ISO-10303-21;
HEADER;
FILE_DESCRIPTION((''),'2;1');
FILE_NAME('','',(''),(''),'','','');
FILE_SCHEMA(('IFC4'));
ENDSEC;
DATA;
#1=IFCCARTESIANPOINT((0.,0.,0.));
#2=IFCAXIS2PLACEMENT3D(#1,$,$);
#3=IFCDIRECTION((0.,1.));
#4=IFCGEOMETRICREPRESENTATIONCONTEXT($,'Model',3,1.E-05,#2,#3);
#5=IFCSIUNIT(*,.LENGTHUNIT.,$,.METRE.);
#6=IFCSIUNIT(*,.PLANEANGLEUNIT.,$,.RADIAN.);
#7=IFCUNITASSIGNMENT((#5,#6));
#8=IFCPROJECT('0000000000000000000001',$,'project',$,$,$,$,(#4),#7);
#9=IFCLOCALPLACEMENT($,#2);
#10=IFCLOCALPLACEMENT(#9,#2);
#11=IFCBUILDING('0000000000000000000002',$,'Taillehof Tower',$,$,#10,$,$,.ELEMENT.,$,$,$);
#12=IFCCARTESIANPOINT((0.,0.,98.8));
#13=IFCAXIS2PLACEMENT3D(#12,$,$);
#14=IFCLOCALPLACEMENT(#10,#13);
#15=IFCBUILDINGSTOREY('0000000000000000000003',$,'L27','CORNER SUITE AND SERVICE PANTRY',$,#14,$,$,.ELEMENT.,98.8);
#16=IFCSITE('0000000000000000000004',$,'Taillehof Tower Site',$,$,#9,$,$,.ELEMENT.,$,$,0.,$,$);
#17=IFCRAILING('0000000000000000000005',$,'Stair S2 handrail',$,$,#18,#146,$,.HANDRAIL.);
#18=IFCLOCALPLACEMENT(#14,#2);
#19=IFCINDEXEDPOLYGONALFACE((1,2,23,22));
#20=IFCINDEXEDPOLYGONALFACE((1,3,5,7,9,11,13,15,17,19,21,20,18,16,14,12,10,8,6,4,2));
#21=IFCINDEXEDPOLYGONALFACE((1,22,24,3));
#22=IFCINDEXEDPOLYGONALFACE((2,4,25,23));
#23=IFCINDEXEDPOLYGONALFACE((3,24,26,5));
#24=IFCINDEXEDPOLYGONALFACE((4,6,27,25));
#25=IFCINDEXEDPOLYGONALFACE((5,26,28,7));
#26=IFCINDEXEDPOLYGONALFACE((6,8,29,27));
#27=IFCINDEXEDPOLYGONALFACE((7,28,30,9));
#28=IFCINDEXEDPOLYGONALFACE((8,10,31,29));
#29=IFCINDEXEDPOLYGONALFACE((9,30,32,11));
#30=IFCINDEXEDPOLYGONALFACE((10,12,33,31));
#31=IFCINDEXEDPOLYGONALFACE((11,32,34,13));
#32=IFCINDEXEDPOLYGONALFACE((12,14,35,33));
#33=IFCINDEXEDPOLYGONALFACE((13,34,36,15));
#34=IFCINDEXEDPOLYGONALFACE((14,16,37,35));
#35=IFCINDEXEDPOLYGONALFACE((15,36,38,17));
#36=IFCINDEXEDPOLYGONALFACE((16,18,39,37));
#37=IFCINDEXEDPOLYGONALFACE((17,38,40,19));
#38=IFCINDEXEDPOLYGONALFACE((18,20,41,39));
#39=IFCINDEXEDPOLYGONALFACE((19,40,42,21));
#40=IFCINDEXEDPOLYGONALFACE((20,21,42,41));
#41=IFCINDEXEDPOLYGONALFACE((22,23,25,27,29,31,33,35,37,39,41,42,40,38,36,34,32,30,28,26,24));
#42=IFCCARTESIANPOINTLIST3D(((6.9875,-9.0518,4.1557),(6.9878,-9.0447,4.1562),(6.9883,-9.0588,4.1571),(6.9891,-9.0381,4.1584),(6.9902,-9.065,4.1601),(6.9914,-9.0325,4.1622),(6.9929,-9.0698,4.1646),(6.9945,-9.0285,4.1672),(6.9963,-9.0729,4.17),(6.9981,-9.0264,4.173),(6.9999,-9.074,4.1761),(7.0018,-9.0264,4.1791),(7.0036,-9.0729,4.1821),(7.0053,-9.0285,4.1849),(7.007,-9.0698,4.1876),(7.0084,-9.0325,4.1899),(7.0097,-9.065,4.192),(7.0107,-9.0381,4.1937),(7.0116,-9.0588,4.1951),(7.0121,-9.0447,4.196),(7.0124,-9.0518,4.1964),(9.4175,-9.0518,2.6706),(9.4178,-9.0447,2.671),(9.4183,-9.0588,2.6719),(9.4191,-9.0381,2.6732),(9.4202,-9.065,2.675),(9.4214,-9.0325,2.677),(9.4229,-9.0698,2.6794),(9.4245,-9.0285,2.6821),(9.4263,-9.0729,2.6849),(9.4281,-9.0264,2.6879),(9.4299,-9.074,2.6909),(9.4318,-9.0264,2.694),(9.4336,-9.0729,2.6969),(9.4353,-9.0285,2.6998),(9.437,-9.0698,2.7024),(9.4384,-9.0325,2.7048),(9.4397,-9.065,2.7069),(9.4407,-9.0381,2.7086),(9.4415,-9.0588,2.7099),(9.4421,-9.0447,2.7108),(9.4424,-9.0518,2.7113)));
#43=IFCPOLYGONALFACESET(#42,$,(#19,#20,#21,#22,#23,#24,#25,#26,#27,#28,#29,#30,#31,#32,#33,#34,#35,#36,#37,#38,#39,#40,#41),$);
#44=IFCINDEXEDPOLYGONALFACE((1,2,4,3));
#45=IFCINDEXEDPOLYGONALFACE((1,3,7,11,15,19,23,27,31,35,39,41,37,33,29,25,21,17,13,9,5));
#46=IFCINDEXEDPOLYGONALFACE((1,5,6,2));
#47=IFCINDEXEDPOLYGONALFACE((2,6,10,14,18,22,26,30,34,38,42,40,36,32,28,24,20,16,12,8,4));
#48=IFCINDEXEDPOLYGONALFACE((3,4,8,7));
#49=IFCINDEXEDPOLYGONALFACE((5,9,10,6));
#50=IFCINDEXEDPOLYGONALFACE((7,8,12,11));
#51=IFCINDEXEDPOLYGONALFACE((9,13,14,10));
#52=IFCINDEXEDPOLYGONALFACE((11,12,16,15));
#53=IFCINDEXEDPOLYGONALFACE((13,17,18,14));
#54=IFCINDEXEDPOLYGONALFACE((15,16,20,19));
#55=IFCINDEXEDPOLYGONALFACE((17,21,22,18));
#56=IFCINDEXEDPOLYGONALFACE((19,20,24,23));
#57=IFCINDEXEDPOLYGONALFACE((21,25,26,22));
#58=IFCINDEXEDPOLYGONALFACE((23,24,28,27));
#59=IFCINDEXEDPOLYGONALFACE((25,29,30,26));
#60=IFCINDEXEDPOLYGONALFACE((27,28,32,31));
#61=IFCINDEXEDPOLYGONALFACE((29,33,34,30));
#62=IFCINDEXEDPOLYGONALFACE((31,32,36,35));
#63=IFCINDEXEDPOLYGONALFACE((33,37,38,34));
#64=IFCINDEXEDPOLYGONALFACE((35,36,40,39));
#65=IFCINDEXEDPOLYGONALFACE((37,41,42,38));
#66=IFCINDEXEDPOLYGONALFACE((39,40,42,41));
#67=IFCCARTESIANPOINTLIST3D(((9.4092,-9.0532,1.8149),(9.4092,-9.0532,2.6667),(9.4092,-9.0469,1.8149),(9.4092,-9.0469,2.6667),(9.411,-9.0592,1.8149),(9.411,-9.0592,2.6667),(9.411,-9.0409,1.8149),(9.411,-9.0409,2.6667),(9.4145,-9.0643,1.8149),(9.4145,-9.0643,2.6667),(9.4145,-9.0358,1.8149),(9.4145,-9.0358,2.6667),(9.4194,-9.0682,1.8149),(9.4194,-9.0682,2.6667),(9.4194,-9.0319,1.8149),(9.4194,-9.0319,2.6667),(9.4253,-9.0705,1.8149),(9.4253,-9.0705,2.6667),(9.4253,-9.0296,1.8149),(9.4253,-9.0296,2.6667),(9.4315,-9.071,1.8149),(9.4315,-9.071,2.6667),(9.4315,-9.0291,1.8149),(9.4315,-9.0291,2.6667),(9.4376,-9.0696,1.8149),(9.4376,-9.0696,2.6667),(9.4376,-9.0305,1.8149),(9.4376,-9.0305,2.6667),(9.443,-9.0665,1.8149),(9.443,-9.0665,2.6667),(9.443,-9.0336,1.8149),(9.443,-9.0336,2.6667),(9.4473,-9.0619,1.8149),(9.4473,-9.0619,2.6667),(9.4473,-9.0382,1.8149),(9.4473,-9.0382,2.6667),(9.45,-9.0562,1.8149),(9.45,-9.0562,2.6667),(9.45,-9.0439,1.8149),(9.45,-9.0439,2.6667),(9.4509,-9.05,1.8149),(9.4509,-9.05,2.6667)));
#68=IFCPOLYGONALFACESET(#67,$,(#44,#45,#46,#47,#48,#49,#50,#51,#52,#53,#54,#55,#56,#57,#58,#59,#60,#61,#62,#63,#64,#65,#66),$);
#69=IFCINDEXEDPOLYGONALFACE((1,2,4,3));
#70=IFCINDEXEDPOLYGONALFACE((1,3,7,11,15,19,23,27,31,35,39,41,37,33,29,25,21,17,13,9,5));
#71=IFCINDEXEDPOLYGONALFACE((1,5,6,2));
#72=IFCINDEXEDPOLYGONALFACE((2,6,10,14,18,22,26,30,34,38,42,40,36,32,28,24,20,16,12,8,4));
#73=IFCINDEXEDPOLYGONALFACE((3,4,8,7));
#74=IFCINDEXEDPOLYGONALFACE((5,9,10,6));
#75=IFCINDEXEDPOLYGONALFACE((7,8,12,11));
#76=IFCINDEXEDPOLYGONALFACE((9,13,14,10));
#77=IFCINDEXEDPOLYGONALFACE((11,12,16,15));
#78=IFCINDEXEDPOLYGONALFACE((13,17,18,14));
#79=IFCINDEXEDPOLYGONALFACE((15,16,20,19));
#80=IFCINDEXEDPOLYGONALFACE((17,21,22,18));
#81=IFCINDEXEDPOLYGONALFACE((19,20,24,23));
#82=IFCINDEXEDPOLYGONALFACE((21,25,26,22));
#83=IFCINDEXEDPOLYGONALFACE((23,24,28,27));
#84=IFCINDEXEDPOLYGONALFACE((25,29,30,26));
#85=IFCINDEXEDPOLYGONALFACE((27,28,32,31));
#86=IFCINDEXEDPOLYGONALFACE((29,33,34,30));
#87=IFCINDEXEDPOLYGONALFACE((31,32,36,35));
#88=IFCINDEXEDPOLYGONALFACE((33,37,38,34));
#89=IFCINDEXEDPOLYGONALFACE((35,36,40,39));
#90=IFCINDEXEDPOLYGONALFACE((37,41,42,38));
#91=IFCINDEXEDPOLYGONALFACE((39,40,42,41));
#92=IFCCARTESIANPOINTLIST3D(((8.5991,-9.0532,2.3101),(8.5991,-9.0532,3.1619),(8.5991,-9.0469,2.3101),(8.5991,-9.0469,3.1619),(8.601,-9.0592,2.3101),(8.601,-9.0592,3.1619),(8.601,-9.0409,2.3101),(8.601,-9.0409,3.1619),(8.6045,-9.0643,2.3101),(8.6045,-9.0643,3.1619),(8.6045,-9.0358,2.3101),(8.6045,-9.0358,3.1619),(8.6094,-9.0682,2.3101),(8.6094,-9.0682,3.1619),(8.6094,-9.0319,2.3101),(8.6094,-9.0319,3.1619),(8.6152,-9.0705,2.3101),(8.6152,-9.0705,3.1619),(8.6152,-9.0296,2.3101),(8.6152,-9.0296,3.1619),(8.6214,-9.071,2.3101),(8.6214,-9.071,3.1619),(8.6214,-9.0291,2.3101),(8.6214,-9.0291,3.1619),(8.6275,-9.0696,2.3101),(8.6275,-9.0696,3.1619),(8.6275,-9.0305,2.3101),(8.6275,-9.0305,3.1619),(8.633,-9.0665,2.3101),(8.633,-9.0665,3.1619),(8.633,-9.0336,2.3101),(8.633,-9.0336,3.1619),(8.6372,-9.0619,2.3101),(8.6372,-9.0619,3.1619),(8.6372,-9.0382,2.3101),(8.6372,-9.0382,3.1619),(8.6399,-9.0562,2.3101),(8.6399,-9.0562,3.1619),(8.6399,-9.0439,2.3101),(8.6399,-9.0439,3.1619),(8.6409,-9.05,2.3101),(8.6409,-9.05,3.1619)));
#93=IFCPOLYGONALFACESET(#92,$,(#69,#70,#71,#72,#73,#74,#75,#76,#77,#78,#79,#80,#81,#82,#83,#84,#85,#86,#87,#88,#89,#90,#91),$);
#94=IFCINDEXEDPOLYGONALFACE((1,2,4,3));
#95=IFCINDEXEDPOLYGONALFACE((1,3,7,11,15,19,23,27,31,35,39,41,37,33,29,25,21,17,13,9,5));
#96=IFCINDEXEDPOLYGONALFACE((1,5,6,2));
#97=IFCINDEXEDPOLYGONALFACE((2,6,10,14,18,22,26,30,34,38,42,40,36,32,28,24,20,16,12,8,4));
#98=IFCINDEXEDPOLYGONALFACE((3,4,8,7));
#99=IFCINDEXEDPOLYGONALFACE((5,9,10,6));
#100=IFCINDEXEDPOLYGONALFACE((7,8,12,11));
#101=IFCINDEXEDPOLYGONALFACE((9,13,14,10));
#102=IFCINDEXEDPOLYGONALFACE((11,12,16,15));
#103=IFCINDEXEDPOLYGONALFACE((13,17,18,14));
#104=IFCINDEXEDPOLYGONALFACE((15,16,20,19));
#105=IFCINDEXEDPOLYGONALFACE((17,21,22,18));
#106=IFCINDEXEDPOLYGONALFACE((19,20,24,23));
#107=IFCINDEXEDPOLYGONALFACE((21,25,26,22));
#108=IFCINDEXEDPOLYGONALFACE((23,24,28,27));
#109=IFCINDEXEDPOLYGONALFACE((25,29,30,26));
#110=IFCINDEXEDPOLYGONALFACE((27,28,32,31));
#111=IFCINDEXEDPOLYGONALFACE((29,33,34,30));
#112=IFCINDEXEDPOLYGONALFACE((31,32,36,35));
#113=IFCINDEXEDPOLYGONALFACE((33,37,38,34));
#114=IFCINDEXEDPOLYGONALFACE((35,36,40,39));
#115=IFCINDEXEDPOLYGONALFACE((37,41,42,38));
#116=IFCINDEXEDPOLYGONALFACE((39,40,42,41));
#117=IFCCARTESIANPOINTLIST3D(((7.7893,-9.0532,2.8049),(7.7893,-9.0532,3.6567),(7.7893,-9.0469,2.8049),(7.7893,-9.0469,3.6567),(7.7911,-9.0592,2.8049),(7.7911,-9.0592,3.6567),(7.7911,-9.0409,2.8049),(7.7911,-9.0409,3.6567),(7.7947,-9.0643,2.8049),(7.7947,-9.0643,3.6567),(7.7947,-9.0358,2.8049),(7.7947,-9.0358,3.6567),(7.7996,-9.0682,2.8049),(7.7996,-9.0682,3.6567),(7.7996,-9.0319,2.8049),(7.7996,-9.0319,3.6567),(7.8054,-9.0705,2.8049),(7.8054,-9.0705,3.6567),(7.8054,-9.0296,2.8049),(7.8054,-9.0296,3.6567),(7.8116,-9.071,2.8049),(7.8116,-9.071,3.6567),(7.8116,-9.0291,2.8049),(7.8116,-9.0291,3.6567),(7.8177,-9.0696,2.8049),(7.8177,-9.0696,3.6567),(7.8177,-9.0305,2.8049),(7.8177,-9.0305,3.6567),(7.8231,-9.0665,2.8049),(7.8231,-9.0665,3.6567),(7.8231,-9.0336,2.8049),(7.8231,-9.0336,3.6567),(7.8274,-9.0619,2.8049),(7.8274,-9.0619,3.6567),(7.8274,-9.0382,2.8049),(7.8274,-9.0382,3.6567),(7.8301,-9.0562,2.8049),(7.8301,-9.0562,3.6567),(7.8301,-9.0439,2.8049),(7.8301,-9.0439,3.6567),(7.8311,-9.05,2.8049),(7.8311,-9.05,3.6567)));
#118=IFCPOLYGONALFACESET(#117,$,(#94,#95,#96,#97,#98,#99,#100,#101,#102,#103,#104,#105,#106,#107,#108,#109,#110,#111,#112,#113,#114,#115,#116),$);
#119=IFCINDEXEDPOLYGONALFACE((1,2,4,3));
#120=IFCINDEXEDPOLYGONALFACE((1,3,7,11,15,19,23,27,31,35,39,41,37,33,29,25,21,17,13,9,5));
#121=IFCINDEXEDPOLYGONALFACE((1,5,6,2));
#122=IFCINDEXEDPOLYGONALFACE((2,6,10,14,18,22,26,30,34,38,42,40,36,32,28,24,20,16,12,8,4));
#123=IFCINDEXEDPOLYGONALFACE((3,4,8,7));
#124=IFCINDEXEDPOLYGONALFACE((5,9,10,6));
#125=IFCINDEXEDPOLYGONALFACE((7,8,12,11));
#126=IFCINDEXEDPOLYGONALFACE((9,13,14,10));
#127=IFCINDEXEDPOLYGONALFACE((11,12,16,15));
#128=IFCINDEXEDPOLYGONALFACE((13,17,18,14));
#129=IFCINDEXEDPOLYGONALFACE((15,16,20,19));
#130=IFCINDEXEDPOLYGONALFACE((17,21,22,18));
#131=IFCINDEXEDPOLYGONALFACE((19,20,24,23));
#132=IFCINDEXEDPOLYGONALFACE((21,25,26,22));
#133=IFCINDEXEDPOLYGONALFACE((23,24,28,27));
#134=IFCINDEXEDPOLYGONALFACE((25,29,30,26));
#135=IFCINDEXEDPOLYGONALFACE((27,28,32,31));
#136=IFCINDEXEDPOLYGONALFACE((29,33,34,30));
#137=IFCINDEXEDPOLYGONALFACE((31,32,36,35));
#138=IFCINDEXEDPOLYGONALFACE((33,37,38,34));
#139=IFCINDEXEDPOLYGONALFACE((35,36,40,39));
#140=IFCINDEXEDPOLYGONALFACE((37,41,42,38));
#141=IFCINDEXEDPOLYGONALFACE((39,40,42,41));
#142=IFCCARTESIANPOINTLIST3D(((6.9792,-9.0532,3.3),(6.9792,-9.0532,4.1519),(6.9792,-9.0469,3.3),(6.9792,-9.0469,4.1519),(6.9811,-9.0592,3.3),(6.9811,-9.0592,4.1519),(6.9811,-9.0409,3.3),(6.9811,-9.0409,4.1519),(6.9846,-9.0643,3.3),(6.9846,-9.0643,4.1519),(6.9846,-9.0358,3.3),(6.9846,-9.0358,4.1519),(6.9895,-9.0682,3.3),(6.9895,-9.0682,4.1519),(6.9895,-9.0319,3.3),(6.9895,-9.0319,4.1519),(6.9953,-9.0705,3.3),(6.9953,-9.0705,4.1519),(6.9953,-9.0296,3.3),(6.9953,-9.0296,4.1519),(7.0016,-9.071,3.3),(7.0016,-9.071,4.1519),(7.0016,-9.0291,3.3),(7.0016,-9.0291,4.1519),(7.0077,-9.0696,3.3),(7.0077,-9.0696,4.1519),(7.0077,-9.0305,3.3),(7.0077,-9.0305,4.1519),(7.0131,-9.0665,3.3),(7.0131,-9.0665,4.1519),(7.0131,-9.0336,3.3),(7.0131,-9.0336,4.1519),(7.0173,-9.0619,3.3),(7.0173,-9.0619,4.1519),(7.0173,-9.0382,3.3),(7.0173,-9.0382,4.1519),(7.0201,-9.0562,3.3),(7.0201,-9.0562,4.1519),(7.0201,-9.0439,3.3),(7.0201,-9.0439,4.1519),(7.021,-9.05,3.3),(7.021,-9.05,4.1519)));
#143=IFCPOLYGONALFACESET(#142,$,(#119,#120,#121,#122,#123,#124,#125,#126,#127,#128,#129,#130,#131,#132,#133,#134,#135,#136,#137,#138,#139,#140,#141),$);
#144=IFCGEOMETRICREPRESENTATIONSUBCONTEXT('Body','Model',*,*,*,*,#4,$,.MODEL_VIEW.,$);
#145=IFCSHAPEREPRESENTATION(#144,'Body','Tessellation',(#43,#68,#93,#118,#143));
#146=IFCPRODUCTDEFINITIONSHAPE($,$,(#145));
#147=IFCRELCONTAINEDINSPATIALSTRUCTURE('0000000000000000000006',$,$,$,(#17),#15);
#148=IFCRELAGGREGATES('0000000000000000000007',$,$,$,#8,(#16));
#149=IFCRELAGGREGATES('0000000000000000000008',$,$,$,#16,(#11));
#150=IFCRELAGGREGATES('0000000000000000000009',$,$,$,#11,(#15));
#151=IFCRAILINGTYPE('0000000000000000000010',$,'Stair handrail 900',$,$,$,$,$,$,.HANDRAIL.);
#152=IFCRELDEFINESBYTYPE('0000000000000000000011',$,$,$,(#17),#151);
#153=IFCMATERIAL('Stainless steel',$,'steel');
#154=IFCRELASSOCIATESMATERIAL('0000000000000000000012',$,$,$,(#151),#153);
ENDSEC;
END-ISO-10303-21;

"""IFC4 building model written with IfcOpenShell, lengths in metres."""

from ifc_helpers import new_model, si_unit, direction, frame, origin, origin_2d, place, context, subcontext, project, spatial, circle, extrude, material, type_object, element, save


model = new_model("IFC4")

# Units and contexts
model_context = context("Model", 3, precision=1e-05, world=origin(), true_north=direction((0.0, 1.0)))
body_context = subcontext(model_context, "Body", "Model", "MODEL_VIEW")
ifc_project = project(units=[si_unit("LENGTHUNIT", "METRE"), si_unit("PLANEANGLEUNIT", "RADIAN")], contexts=[model_context])

# Site, building, storey
site_placement = place(None, origin())
site = spatial("IfcSite", under=ifc_project, at=site_placement, Name="Taillehof Tower Site", CompositionType="ELEMENT", RefElevation=0.0)
building_placement = place(site_placement, origin())
building = spatial("IfcBuilding", under=site, at=building_placement, Name="Taillehof Tower", CompositionType="ELEMENT")
storey_placement = place(building_placement, frame((0.0, 0.0, 98.8)))
storey = spatial("IfcBuildingStorey", under=building, at=storey_placement, Name="L27", Description="CORNER SUITE AND SERVICE PANTRY", CompositionType="ELEMENT", Elevation=98.8)

# Railing
ifc_material_1 = material(Name="Stainless steel", Category="steel")
railing_type = type_object("IfcRailingType", Name="Stair handrail 900", PredefinedType="HANDRAIL", material=ifc_material_1)
railing_1_placement = place(storey_placement, frame((9.4299, -9.05, 1.8149)))
element("IfcRailing", 1, at=railing_1_placement, inside=storey, type_object=railing_type, Name="Stair S2 handrail", PredefinedType="HANDRAIL", context=body_context, shape_type="SweptSolid", body=[
    extrude(circle(Radius=0.0239, at=origin_2d()), frame((0.0, 0.0, 0.876), z_axis=(-0.853259, 0.0, 0.521488), x_axis=(0.0, -1.0, 0.0)), (0.0, 0.0, 1.0), 2.8479),
    extrude(circle(Radius=0.021, at=origin_2d()), origin(), (0.0, 0.0, 1.0), 0.8518),
    extrude(circle(Radius=0.021, at=origin_2d()), frame((-0.8101, 0.0, 0.4951)), (0.0, 0.0, 1.0), 0.8518),
    extrude(circle(Radius=0.021, at=origin_2d()), frame((-1.6199, 0.0, 0.99)), (0.0, 0.0, 1.0), 0.8518),
    extrude(circle(Radius=0.021, at=origin_2d()), frame((-2.4299, 0.0, 1.4851)), (0.0, 0.0, 1.0), 0.8518),
])

save(model, "model.ifc")
